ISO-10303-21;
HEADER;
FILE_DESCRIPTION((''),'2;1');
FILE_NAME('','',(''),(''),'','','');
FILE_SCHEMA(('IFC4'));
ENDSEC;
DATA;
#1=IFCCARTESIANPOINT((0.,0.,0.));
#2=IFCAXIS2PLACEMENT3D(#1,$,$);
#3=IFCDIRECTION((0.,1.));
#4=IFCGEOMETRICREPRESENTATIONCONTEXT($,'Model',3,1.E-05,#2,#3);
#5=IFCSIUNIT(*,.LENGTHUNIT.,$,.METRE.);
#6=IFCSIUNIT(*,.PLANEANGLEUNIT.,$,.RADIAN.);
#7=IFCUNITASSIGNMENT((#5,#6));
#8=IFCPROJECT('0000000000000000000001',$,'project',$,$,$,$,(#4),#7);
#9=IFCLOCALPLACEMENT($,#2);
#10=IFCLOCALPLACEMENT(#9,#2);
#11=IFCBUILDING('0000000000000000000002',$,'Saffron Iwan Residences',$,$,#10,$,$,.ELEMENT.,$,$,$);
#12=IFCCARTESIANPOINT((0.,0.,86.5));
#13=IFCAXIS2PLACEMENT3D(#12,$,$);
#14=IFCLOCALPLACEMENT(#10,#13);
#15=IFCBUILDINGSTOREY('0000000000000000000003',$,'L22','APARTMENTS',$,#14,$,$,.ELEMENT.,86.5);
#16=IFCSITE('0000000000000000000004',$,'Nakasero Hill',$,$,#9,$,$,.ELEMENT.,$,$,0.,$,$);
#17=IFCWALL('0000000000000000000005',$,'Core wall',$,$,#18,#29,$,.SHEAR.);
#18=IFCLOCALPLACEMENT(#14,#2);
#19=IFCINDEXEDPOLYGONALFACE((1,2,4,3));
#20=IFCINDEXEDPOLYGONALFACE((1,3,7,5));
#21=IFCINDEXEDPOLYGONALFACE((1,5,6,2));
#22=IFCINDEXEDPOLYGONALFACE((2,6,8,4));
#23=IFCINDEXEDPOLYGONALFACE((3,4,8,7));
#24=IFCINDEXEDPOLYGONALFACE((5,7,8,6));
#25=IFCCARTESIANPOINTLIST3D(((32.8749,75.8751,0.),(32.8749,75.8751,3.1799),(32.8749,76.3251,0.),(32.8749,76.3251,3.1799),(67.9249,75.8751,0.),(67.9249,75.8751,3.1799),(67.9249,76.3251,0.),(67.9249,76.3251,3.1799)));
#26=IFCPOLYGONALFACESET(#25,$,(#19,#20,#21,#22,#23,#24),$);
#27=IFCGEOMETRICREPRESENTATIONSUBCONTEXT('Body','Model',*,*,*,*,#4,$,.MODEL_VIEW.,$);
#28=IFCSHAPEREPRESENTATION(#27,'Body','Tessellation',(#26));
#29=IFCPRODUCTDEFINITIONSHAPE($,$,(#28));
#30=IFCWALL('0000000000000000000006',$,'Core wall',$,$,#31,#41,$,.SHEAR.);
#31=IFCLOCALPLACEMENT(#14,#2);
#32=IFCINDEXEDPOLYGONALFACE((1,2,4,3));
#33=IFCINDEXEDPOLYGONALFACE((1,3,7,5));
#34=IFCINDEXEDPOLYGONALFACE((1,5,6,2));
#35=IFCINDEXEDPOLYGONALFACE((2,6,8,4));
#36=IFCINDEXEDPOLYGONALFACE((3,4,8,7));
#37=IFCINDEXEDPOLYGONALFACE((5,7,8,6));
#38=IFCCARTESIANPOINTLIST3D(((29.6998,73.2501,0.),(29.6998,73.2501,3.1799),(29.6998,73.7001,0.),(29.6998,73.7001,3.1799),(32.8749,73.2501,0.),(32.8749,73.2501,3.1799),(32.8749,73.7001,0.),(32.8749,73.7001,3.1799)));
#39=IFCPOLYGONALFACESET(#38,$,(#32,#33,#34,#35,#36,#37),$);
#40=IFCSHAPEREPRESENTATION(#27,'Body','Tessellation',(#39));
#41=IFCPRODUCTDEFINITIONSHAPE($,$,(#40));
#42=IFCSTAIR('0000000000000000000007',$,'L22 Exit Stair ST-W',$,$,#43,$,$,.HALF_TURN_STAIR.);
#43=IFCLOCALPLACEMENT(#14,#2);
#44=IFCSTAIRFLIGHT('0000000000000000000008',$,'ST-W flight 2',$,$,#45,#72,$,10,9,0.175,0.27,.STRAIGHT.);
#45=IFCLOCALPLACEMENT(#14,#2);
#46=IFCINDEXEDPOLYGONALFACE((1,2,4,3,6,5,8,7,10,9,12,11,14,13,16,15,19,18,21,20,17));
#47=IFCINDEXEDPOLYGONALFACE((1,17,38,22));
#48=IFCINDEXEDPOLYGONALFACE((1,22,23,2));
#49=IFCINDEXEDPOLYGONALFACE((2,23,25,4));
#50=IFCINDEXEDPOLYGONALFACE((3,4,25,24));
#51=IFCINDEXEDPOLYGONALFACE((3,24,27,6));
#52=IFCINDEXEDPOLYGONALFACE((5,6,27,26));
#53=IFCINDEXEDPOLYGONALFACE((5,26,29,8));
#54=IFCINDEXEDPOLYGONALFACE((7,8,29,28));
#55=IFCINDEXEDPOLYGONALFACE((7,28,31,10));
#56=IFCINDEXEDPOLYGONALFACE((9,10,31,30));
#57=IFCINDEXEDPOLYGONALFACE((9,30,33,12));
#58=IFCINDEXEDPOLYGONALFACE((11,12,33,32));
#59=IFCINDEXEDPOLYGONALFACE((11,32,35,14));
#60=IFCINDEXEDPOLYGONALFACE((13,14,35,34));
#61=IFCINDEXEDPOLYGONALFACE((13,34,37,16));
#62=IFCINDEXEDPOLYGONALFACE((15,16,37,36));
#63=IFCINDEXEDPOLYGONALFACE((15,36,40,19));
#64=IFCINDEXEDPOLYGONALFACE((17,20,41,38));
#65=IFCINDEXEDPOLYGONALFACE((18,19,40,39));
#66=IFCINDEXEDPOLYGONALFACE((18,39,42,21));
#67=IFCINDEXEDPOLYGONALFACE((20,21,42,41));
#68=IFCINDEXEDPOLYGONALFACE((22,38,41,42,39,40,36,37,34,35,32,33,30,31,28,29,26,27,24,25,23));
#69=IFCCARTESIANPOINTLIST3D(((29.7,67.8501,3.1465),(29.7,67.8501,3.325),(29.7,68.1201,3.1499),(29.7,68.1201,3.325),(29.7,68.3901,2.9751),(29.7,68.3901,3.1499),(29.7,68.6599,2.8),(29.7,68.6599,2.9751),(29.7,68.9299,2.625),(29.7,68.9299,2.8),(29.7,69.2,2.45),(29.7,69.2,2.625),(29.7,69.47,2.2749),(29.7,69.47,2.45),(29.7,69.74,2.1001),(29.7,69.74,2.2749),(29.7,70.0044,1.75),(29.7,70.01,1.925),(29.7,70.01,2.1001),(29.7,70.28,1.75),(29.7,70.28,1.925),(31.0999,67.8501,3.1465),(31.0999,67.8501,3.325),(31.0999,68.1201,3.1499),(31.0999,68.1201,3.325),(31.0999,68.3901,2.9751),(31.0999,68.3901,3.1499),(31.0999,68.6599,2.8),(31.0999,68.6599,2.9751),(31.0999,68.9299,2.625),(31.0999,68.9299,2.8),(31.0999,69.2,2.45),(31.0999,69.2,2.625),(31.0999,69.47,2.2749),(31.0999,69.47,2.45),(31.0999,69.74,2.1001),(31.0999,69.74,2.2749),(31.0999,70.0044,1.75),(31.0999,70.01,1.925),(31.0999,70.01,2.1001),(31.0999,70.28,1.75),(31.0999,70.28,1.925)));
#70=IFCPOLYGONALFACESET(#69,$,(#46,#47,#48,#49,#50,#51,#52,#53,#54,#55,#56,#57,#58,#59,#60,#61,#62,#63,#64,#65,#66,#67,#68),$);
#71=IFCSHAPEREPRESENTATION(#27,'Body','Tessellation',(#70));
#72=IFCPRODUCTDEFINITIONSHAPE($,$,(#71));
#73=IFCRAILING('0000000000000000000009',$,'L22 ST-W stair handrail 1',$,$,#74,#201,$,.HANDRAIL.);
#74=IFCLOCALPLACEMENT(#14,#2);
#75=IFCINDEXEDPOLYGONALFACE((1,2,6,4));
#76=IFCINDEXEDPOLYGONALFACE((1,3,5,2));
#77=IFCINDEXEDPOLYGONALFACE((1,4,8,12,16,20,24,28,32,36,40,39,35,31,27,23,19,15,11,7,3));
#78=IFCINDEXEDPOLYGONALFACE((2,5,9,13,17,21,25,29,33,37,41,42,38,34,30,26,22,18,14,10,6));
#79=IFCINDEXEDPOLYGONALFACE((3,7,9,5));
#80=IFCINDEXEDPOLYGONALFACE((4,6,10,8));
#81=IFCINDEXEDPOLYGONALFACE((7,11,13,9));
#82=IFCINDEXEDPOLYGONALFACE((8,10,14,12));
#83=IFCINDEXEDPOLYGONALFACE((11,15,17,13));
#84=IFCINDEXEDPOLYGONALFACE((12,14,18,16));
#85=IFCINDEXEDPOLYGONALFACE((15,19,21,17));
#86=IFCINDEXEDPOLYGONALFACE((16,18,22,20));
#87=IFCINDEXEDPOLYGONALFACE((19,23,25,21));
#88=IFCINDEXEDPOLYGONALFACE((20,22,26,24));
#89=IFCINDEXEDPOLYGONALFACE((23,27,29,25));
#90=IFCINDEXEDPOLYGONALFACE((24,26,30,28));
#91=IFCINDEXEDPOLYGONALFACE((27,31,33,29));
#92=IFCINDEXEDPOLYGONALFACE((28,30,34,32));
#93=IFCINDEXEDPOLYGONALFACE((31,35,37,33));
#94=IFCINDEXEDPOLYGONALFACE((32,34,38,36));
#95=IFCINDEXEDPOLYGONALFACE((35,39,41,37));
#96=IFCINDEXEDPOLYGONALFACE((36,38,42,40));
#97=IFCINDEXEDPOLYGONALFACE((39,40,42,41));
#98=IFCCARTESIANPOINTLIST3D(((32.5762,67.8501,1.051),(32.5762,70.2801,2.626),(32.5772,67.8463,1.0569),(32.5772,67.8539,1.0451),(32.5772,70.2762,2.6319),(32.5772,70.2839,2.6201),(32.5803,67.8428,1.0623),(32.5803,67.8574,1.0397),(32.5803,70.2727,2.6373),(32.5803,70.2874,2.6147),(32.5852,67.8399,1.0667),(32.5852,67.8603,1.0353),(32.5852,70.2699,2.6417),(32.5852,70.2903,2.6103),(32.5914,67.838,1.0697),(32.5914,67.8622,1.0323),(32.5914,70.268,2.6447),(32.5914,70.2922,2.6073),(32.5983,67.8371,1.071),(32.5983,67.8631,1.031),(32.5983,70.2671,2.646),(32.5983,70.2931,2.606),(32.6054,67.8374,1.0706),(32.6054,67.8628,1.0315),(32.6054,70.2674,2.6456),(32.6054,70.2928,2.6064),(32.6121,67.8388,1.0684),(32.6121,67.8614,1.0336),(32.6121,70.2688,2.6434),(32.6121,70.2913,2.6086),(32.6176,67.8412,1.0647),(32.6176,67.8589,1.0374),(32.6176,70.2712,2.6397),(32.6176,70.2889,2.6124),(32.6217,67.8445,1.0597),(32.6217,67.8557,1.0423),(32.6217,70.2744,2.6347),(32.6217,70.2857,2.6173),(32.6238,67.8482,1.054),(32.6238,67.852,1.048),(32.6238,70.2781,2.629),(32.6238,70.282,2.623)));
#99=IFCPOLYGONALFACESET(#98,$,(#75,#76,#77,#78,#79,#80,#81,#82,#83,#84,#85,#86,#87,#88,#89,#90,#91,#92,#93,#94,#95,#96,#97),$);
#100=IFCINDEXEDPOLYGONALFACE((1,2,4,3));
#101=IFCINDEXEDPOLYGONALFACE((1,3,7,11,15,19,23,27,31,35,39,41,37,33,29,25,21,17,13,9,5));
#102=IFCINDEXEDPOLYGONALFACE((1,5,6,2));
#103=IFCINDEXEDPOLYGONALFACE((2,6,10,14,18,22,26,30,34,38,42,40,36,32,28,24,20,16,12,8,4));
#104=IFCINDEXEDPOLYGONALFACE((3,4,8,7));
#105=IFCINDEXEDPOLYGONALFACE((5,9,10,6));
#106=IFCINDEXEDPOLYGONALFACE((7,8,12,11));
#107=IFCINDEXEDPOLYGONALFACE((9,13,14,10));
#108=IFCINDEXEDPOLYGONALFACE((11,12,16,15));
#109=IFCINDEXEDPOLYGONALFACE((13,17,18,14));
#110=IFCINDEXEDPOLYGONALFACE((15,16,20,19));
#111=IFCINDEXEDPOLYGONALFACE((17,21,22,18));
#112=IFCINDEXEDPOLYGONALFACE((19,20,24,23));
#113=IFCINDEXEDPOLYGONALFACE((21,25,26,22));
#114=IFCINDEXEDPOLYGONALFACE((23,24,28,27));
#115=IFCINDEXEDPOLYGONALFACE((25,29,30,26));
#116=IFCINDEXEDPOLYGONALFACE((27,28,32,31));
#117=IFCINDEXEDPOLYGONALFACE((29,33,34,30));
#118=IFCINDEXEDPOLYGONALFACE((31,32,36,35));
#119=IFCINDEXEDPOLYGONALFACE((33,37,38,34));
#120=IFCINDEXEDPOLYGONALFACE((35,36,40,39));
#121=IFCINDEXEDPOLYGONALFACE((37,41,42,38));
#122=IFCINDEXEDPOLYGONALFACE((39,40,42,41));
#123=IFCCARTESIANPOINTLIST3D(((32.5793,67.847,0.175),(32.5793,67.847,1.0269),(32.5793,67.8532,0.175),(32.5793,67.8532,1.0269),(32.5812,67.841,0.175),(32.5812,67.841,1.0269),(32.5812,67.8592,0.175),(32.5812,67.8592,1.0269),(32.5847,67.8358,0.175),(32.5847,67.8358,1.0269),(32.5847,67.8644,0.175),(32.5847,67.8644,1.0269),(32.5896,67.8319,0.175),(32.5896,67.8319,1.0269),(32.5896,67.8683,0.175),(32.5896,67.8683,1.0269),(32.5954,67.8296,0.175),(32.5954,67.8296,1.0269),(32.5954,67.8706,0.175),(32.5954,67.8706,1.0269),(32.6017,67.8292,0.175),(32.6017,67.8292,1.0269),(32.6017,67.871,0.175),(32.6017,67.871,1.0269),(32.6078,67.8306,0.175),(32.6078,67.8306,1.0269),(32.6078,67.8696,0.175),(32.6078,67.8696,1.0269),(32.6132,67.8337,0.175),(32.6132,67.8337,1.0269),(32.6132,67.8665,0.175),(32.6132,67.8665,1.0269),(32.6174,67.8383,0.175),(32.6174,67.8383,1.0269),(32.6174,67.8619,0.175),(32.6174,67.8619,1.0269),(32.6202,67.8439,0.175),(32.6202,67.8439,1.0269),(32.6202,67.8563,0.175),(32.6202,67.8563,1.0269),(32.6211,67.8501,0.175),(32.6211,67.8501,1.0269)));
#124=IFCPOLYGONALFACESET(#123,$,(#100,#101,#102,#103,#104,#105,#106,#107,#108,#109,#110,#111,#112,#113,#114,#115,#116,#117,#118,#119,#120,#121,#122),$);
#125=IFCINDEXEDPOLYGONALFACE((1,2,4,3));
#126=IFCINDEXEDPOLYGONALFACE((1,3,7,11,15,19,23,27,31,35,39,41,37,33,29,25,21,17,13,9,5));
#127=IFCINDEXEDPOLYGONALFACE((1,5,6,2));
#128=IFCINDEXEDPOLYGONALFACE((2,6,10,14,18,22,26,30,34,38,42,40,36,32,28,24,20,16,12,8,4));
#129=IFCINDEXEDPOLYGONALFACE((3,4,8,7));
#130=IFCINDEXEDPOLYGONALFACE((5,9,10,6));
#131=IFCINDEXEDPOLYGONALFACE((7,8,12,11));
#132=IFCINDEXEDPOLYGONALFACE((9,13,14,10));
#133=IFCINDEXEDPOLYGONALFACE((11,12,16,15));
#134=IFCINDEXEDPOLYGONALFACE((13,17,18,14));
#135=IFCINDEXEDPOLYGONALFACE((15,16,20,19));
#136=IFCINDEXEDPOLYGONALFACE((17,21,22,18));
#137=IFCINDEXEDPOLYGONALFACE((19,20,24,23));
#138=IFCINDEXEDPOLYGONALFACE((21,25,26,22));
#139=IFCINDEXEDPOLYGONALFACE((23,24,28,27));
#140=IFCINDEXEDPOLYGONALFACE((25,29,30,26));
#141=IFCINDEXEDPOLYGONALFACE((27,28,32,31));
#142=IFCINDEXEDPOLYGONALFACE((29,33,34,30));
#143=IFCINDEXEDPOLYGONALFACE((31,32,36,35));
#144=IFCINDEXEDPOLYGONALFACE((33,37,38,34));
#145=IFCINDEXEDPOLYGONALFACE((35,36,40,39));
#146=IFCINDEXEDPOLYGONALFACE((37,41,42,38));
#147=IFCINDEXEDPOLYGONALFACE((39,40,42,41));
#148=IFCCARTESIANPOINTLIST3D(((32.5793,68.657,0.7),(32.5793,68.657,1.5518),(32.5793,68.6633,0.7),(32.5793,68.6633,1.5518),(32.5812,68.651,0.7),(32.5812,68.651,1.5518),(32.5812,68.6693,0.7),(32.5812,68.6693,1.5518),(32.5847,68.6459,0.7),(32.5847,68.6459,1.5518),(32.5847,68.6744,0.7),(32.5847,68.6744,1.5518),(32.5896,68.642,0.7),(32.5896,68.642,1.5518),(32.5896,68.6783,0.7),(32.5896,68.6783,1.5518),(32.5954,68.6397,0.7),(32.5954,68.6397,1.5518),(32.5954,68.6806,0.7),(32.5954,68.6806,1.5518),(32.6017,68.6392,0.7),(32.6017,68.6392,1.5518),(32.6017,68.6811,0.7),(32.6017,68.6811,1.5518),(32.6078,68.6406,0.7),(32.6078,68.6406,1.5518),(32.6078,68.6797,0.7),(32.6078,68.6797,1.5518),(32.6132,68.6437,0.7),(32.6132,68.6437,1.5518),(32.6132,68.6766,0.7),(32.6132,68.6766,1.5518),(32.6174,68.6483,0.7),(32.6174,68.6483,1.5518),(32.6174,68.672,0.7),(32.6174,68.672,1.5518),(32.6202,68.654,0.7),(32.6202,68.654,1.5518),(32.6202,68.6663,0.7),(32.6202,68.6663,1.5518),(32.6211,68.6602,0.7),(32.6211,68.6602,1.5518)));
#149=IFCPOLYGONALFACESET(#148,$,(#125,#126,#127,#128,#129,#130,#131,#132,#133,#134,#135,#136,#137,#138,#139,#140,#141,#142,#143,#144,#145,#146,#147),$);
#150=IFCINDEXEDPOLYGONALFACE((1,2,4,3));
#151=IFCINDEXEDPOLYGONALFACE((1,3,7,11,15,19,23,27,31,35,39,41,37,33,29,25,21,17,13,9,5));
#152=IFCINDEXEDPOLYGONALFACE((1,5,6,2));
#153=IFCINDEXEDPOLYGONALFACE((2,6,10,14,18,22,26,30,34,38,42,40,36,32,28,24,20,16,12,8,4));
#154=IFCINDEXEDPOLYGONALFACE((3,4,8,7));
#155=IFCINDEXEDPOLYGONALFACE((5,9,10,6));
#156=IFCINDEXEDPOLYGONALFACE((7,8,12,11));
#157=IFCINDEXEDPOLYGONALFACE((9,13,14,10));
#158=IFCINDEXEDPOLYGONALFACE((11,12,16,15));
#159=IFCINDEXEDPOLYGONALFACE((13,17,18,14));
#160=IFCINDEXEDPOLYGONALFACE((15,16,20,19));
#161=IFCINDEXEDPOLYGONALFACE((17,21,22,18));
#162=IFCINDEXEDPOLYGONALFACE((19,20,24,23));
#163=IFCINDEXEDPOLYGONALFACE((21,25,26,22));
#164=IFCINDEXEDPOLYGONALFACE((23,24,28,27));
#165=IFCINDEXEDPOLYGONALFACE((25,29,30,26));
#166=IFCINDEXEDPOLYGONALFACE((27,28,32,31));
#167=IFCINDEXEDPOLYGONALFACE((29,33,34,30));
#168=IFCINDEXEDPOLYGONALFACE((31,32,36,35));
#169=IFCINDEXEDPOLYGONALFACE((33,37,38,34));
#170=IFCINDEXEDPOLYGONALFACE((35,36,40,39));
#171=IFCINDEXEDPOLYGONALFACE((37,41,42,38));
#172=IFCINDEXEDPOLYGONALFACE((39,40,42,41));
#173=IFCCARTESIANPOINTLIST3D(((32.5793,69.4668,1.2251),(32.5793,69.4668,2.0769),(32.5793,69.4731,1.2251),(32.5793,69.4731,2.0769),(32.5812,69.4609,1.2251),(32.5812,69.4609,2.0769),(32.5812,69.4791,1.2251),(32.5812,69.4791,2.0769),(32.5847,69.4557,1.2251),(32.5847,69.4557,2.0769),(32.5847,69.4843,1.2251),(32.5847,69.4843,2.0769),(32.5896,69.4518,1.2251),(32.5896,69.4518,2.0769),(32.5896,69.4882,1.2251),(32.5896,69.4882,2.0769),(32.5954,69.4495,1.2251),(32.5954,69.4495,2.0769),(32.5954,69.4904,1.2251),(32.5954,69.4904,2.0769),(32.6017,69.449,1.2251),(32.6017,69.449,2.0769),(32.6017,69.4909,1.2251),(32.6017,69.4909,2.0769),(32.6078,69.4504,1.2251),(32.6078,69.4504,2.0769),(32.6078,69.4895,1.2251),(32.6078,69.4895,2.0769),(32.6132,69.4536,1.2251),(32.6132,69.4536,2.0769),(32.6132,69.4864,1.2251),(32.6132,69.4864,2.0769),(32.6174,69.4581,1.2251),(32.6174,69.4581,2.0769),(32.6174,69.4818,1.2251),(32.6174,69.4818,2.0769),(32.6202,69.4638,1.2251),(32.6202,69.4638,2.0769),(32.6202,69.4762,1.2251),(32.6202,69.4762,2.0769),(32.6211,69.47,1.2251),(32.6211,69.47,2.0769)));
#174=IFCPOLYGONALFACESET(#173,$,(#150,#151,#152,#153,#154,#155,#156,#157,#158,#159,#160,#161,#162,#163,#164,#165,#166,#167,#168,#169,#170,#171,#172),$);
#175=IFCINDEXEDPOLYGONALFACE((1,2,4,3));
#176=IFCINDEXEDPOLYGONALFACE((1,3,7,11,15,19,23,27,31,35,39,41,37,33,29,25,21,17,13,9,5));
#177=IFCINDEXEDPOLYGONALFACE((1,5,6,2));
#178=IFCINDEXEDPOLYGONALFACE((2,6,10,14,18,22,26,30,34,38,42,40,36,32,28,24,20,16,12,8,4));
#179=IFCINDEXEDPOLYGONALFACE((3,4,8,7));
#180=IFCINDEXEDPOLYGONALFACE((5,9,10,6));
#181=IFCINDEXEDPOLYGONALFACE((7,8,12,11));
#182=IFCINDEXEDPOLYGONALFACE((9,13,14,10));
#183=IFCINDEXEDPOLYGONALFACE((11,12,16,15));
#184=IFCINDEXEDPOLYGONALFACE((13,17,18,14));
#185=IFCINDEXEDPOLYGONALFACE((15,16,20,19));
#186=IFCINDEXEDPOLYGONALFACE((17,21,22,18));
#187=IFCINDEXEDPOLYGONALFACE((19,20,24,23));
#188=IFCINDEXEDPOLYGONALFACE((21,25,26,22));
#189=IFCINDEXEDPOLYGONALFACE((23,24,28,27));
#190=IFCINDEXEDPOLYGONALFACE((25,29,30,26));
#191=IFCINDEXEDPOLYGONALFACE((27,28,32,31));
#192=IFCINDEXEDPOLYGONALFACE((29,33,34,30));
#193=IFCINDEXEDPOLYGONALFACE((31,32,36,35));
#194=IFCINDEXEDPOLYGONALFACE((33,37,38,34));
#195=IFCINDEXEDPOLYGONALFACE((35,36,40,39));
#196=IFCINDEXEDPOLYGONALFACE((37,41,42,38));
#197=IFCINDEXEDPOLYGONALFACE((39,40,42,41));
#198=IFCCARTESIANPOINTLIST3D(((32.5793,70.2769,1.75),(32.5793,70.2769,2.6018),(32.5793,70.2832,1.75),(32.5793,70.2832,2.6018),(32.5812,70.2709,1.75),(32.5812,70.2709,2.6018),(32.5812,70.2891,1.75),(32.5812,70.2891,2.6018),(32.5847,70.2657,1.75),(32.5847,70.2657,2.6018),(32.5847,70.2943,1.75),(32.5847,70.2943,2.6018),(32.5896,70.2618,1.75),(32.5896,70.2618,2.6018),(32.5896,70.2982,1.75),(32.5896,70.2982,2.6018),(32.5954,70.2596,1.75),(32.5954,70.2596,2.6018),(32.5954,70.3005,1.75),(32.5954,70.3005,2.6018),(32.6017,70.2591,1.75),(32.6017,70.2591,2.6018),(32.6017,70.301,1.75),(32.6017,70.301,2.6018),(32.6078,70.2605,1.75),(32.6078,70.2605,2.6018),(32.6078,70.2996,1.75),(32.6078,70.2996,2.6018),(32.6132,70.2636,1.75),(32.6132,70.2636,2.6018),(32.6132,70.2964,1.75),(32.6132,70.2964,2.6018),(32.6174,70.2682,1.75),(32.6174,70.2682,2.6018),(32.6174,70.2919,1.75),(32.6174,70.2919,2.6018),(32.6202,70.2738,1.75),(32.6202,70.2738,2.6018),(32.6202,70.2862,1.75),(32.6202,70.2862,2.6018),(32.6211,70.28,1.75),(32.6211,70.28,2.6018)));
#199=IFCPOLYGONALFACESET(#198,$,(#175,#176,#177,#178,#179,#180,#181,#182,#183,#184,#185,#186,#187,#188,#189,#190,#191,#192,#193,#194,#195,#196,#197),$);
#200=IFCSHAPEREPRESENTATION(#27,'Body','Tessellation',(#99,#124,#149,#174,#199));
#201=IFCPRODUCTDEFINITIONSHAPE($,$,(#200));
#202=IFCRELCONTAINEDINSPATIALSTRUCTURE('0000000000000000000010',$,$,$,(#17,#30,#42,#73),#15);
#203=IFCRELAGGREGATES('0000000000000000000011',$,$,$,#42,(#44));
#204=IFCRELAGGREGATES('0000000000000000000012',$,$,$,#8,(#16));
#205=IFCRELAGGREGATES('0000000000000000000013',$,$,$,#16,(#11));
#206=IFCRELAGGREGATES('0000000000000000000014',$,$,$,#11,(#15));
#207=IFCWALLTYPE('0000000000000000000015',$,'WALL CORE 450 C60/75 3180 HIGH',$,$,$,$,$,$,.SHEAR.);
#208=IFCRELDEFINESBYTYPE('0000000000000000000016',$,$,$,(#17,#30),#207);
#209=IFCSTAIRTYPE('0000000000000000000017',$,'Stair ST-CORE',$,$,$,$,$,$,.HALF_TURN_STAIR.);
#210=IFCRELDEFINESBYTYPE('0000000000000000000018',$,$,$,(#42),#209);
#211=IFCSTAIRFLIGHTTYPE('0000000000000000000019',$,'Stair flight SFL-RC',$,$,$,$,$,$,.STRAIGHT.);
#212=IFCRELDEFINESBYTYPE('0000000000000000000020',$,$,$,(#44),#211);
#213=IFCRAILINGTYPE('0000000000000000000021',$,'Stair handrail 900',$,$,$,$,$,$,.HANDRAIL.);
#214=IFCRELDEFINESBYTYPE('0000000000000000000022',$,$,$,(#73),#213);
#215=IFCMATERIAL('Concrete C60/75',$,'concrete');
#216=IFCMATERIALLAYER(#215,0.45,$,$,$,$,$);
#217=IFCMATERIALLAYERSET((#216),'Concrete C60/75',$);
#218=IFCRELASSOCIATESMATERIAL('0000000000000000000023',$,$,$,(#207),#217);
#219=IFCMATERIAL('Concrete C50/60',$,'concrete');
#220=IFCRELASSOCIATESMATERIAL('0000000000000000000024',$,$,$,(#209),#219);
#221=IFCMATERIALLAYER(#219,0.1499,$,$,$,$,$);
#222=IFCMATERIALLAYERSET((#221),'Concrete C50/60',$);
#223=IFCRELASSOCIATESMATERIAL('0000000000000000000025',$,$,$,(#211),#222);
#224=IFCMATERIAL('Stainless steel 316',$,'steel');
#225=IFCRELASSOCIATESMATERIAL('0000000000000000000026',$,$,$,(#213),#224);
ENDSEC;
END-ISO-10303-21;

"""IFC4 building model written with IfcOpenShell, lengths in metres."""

from ifc_helpers import new_model, si_unit, direction, frame, frame_2d, origin, origin_2d, place, context, subcontext, project, spatial, polyline, rectangle, circle, outline, extrude, material, layer, layer_set, type_object, element, aggregate, save


model = new_model("IFC4")

# Units and contexts
model_context = context("Model", 3, precision=1e-05, world=origin(), true_north=direction((0.0, 1.0)))
body_context = subcontext(model_context, "Body", "Model", "MODEL_VIEW")
ifc_project = project(units=[si_unit("LENGTHUNIT", "METRE"), si_unit("PLANEANGLEUNIT", "RADIAN")], contexts=[model_context])

# Site, building, storey
site_placement = place(None, origin())
site = spatial("IfcSite", under=ifc_project, at=site_placement, Name="Nakasero Hill", CompositionType="ELEMENT", RefElevation=0.0)
building_placement = place(site_placement, origin())
building = spatial("IfcBuilding", under=site, at=building_placement, Name="Saffron Iwan Residences", CompositionType="ELEMENT")
storey_placement = place(building_placement, frame((0.0, 0.0, 86.5)))
storey = spatial("IfcBuildingStorey", under=building, at=storey_placement, Name="L22", Description="APARTMENTS", CompositionType="ELEMENT", Elevation=86.5)

# Shared definitions
ifc_material_1 = material(Name="Concrete C60/75", Category="concrete")
ifc_layer_1 = layer(ifc_material_1, 0.45)
ifc_layer_set_1 = layer_set([ifc_layer_1], Name="Concrete C60/75")
wall_type = type_object("IfcWallType", Name="WALL CORE 450 C60/75 3180 HIGH", PredefinedType="SHEAR", material=ifc_layer_set_1)

# Walls
wall_1_placement = place(storey_placement, frame((32.875, 76.1001, 0.0), z_axis=(0.0, 0.0, 1.0), x_axis=(1.0, 0.0, 0.0)))
element("IfcWall", 1, at=wall_1_placement, inside=storey, type_object=wall_type, Name="Core wall", PredefinedType="SHEAR", context=body_context, shape_type="SweptSolid", body=[
    extrude(rectangle(XDim=35.05, YDim=0.45, at=frame_2d((17.5249, 0.0))), origin(), (0.0, 0.0, 1.0), 3.1799),
])
wall_2_placement = place(storey_placement, frame((29.7, 73.4751, 0.0), z_axis=(0.0, 0.0, 1.0), x_axis=(1.0, 0.0, 0.0)))
element("IfcWall", 2, at=wall_2_placement, inside=storey, type_object=wall_type, Name="Core wall", PredefinedType="SHEAR", context=body_context, shape_type="SweptSolid", body=[
    extrude(rectangle(XDim=3.175, YDim=0.45, at=frame_2d((1.5874, 0.0))), origin(), (0.0, 0.0, 1.0), 3.1799),
])

# Stair, stair flight
ifc_material_2 = material(Name="Concrete C50/60", Category="concrete")
stair_type = type_object("IfcStairType", Name="Stair ST-CORE", PredefinedType="HALF_TURN_STAIR", material=ifc_material_2)
stair_placement = place(storey_placement, origin())
stair = element("IfcStair", 3, at=stair_placement, inside=storey, type_object=stair_type, Name="L22 Exit Stair ST-W", PredefinedType="HALF_TURN_STAIR")
ifc_layer_2 = layer(ifc_material_2, 0.1499)
ifc_layer_set_2 = layer_set([ifc_layer_2], Name="Concrete C50/60")
stair_flight_type = type_object("IfcStairFlightType", Name="Stair flight SFL-RC", PredefinedType="STRAIGHT", material=ifc_layer_set_2)
stair_flight_placement = place(storey_placement, frame((30.3999, 70.28, 1.75), z_axis=(0.0, 0.0, 1.0), x_axis=(0.0, -1.0, 0.0)))
stair_flight = element("IfcStairFlight", 4, at=stair_flight_placement, type_object=stair_flight_type, Name="ST-W flight 2", NumberOfRisers=10, NumberOfTreads=9, PredefinedType="STRAIGHT", RiserHeight=0.175, TreadLength=0.27, context=body_context, shape_type="SweptSolid", body=[
    extrude(outline(polyline([(0.0, 0.0), (0.0, 0.175), (0.27, 0.175), (0.27, 0.3501), (0.54, 0.3501), (0.54, 0.5249), (0.8101, 0.5249), (0.8101, 0.7), (1.0801, 0.7), (1.0801, 0.875), (1.3501, 0.875), (1.3501, 1.05), (1.6201, 1.05), (1.6201, 1.2251), (1.8899, 1.2251), (1.8899, 1.3999), (2.1599, 1.3999), (2.1599, 1.575), (2.4299, 1.575), (2.4299, 1.75), (2.4299, 1.3965), (0.2756, 0.0), (0.0, 0.0)])), frame((0.0, 0.7, 0.0), z_axis=(0.0, -1.0, 0.0), x_axis=(1.0, 0.0, 0.0)), (0.0, 0.0, 1.0), 1.3999),
])
aggregate(stair, [stair_flight])

# Railing
ifc_material_3 = material(Name="Stainless steel 316", Category="steel")
railing_type = type_object("IfcRailingType", Name="Stair handrail 900", PredefinedType="HANDRAIL", material=ifc_material_3)
railing_1_placement = place(storey_placement, frame((32.6001, 67.8501, 0.175)))
element("IfcRailing", 5, at=railing_1_placement, inside=storey, type_object=railing_type, Name="L22 ST-W stair handrail 1", PredefinedType="HANDRAIL", context=body_context, shape_type="SweptSolid", body=[
    extrude(circle(Radius=0.0239, at=origin_2d()), frame((0.0, 0.0, 0.876), z_axis=(0.0, 0.839154, 0.543894), x_axis=(-1.0, 0.0, 0.0)), (0.0, 0.0, 1.0), 2.8958),
    extrude(circle(Radius=0.021, at=origin_2d()), origin(), (0.0, 0.0, 1.0), 0.8518),
    extrude(circle(Radius=0.021, at=origin_2d()), frame((0.0, 0.8101, 0.5249)), (0.0, 0.0, 1.0), 0.8518),
    extrude(circle(Radius=0.021, at=origin_2d()), frame((0.0, 1.6199, 1.05)), (0.0, 0.0, 1.0), 0.8518),
    extrude(circle(Radius=0.021, at=origin_2d()), frame((0.0, 2.4299, 1.575)), (0.0, 0.0, 1.0), 0.8518),
])

save(model, "model.ifc")
